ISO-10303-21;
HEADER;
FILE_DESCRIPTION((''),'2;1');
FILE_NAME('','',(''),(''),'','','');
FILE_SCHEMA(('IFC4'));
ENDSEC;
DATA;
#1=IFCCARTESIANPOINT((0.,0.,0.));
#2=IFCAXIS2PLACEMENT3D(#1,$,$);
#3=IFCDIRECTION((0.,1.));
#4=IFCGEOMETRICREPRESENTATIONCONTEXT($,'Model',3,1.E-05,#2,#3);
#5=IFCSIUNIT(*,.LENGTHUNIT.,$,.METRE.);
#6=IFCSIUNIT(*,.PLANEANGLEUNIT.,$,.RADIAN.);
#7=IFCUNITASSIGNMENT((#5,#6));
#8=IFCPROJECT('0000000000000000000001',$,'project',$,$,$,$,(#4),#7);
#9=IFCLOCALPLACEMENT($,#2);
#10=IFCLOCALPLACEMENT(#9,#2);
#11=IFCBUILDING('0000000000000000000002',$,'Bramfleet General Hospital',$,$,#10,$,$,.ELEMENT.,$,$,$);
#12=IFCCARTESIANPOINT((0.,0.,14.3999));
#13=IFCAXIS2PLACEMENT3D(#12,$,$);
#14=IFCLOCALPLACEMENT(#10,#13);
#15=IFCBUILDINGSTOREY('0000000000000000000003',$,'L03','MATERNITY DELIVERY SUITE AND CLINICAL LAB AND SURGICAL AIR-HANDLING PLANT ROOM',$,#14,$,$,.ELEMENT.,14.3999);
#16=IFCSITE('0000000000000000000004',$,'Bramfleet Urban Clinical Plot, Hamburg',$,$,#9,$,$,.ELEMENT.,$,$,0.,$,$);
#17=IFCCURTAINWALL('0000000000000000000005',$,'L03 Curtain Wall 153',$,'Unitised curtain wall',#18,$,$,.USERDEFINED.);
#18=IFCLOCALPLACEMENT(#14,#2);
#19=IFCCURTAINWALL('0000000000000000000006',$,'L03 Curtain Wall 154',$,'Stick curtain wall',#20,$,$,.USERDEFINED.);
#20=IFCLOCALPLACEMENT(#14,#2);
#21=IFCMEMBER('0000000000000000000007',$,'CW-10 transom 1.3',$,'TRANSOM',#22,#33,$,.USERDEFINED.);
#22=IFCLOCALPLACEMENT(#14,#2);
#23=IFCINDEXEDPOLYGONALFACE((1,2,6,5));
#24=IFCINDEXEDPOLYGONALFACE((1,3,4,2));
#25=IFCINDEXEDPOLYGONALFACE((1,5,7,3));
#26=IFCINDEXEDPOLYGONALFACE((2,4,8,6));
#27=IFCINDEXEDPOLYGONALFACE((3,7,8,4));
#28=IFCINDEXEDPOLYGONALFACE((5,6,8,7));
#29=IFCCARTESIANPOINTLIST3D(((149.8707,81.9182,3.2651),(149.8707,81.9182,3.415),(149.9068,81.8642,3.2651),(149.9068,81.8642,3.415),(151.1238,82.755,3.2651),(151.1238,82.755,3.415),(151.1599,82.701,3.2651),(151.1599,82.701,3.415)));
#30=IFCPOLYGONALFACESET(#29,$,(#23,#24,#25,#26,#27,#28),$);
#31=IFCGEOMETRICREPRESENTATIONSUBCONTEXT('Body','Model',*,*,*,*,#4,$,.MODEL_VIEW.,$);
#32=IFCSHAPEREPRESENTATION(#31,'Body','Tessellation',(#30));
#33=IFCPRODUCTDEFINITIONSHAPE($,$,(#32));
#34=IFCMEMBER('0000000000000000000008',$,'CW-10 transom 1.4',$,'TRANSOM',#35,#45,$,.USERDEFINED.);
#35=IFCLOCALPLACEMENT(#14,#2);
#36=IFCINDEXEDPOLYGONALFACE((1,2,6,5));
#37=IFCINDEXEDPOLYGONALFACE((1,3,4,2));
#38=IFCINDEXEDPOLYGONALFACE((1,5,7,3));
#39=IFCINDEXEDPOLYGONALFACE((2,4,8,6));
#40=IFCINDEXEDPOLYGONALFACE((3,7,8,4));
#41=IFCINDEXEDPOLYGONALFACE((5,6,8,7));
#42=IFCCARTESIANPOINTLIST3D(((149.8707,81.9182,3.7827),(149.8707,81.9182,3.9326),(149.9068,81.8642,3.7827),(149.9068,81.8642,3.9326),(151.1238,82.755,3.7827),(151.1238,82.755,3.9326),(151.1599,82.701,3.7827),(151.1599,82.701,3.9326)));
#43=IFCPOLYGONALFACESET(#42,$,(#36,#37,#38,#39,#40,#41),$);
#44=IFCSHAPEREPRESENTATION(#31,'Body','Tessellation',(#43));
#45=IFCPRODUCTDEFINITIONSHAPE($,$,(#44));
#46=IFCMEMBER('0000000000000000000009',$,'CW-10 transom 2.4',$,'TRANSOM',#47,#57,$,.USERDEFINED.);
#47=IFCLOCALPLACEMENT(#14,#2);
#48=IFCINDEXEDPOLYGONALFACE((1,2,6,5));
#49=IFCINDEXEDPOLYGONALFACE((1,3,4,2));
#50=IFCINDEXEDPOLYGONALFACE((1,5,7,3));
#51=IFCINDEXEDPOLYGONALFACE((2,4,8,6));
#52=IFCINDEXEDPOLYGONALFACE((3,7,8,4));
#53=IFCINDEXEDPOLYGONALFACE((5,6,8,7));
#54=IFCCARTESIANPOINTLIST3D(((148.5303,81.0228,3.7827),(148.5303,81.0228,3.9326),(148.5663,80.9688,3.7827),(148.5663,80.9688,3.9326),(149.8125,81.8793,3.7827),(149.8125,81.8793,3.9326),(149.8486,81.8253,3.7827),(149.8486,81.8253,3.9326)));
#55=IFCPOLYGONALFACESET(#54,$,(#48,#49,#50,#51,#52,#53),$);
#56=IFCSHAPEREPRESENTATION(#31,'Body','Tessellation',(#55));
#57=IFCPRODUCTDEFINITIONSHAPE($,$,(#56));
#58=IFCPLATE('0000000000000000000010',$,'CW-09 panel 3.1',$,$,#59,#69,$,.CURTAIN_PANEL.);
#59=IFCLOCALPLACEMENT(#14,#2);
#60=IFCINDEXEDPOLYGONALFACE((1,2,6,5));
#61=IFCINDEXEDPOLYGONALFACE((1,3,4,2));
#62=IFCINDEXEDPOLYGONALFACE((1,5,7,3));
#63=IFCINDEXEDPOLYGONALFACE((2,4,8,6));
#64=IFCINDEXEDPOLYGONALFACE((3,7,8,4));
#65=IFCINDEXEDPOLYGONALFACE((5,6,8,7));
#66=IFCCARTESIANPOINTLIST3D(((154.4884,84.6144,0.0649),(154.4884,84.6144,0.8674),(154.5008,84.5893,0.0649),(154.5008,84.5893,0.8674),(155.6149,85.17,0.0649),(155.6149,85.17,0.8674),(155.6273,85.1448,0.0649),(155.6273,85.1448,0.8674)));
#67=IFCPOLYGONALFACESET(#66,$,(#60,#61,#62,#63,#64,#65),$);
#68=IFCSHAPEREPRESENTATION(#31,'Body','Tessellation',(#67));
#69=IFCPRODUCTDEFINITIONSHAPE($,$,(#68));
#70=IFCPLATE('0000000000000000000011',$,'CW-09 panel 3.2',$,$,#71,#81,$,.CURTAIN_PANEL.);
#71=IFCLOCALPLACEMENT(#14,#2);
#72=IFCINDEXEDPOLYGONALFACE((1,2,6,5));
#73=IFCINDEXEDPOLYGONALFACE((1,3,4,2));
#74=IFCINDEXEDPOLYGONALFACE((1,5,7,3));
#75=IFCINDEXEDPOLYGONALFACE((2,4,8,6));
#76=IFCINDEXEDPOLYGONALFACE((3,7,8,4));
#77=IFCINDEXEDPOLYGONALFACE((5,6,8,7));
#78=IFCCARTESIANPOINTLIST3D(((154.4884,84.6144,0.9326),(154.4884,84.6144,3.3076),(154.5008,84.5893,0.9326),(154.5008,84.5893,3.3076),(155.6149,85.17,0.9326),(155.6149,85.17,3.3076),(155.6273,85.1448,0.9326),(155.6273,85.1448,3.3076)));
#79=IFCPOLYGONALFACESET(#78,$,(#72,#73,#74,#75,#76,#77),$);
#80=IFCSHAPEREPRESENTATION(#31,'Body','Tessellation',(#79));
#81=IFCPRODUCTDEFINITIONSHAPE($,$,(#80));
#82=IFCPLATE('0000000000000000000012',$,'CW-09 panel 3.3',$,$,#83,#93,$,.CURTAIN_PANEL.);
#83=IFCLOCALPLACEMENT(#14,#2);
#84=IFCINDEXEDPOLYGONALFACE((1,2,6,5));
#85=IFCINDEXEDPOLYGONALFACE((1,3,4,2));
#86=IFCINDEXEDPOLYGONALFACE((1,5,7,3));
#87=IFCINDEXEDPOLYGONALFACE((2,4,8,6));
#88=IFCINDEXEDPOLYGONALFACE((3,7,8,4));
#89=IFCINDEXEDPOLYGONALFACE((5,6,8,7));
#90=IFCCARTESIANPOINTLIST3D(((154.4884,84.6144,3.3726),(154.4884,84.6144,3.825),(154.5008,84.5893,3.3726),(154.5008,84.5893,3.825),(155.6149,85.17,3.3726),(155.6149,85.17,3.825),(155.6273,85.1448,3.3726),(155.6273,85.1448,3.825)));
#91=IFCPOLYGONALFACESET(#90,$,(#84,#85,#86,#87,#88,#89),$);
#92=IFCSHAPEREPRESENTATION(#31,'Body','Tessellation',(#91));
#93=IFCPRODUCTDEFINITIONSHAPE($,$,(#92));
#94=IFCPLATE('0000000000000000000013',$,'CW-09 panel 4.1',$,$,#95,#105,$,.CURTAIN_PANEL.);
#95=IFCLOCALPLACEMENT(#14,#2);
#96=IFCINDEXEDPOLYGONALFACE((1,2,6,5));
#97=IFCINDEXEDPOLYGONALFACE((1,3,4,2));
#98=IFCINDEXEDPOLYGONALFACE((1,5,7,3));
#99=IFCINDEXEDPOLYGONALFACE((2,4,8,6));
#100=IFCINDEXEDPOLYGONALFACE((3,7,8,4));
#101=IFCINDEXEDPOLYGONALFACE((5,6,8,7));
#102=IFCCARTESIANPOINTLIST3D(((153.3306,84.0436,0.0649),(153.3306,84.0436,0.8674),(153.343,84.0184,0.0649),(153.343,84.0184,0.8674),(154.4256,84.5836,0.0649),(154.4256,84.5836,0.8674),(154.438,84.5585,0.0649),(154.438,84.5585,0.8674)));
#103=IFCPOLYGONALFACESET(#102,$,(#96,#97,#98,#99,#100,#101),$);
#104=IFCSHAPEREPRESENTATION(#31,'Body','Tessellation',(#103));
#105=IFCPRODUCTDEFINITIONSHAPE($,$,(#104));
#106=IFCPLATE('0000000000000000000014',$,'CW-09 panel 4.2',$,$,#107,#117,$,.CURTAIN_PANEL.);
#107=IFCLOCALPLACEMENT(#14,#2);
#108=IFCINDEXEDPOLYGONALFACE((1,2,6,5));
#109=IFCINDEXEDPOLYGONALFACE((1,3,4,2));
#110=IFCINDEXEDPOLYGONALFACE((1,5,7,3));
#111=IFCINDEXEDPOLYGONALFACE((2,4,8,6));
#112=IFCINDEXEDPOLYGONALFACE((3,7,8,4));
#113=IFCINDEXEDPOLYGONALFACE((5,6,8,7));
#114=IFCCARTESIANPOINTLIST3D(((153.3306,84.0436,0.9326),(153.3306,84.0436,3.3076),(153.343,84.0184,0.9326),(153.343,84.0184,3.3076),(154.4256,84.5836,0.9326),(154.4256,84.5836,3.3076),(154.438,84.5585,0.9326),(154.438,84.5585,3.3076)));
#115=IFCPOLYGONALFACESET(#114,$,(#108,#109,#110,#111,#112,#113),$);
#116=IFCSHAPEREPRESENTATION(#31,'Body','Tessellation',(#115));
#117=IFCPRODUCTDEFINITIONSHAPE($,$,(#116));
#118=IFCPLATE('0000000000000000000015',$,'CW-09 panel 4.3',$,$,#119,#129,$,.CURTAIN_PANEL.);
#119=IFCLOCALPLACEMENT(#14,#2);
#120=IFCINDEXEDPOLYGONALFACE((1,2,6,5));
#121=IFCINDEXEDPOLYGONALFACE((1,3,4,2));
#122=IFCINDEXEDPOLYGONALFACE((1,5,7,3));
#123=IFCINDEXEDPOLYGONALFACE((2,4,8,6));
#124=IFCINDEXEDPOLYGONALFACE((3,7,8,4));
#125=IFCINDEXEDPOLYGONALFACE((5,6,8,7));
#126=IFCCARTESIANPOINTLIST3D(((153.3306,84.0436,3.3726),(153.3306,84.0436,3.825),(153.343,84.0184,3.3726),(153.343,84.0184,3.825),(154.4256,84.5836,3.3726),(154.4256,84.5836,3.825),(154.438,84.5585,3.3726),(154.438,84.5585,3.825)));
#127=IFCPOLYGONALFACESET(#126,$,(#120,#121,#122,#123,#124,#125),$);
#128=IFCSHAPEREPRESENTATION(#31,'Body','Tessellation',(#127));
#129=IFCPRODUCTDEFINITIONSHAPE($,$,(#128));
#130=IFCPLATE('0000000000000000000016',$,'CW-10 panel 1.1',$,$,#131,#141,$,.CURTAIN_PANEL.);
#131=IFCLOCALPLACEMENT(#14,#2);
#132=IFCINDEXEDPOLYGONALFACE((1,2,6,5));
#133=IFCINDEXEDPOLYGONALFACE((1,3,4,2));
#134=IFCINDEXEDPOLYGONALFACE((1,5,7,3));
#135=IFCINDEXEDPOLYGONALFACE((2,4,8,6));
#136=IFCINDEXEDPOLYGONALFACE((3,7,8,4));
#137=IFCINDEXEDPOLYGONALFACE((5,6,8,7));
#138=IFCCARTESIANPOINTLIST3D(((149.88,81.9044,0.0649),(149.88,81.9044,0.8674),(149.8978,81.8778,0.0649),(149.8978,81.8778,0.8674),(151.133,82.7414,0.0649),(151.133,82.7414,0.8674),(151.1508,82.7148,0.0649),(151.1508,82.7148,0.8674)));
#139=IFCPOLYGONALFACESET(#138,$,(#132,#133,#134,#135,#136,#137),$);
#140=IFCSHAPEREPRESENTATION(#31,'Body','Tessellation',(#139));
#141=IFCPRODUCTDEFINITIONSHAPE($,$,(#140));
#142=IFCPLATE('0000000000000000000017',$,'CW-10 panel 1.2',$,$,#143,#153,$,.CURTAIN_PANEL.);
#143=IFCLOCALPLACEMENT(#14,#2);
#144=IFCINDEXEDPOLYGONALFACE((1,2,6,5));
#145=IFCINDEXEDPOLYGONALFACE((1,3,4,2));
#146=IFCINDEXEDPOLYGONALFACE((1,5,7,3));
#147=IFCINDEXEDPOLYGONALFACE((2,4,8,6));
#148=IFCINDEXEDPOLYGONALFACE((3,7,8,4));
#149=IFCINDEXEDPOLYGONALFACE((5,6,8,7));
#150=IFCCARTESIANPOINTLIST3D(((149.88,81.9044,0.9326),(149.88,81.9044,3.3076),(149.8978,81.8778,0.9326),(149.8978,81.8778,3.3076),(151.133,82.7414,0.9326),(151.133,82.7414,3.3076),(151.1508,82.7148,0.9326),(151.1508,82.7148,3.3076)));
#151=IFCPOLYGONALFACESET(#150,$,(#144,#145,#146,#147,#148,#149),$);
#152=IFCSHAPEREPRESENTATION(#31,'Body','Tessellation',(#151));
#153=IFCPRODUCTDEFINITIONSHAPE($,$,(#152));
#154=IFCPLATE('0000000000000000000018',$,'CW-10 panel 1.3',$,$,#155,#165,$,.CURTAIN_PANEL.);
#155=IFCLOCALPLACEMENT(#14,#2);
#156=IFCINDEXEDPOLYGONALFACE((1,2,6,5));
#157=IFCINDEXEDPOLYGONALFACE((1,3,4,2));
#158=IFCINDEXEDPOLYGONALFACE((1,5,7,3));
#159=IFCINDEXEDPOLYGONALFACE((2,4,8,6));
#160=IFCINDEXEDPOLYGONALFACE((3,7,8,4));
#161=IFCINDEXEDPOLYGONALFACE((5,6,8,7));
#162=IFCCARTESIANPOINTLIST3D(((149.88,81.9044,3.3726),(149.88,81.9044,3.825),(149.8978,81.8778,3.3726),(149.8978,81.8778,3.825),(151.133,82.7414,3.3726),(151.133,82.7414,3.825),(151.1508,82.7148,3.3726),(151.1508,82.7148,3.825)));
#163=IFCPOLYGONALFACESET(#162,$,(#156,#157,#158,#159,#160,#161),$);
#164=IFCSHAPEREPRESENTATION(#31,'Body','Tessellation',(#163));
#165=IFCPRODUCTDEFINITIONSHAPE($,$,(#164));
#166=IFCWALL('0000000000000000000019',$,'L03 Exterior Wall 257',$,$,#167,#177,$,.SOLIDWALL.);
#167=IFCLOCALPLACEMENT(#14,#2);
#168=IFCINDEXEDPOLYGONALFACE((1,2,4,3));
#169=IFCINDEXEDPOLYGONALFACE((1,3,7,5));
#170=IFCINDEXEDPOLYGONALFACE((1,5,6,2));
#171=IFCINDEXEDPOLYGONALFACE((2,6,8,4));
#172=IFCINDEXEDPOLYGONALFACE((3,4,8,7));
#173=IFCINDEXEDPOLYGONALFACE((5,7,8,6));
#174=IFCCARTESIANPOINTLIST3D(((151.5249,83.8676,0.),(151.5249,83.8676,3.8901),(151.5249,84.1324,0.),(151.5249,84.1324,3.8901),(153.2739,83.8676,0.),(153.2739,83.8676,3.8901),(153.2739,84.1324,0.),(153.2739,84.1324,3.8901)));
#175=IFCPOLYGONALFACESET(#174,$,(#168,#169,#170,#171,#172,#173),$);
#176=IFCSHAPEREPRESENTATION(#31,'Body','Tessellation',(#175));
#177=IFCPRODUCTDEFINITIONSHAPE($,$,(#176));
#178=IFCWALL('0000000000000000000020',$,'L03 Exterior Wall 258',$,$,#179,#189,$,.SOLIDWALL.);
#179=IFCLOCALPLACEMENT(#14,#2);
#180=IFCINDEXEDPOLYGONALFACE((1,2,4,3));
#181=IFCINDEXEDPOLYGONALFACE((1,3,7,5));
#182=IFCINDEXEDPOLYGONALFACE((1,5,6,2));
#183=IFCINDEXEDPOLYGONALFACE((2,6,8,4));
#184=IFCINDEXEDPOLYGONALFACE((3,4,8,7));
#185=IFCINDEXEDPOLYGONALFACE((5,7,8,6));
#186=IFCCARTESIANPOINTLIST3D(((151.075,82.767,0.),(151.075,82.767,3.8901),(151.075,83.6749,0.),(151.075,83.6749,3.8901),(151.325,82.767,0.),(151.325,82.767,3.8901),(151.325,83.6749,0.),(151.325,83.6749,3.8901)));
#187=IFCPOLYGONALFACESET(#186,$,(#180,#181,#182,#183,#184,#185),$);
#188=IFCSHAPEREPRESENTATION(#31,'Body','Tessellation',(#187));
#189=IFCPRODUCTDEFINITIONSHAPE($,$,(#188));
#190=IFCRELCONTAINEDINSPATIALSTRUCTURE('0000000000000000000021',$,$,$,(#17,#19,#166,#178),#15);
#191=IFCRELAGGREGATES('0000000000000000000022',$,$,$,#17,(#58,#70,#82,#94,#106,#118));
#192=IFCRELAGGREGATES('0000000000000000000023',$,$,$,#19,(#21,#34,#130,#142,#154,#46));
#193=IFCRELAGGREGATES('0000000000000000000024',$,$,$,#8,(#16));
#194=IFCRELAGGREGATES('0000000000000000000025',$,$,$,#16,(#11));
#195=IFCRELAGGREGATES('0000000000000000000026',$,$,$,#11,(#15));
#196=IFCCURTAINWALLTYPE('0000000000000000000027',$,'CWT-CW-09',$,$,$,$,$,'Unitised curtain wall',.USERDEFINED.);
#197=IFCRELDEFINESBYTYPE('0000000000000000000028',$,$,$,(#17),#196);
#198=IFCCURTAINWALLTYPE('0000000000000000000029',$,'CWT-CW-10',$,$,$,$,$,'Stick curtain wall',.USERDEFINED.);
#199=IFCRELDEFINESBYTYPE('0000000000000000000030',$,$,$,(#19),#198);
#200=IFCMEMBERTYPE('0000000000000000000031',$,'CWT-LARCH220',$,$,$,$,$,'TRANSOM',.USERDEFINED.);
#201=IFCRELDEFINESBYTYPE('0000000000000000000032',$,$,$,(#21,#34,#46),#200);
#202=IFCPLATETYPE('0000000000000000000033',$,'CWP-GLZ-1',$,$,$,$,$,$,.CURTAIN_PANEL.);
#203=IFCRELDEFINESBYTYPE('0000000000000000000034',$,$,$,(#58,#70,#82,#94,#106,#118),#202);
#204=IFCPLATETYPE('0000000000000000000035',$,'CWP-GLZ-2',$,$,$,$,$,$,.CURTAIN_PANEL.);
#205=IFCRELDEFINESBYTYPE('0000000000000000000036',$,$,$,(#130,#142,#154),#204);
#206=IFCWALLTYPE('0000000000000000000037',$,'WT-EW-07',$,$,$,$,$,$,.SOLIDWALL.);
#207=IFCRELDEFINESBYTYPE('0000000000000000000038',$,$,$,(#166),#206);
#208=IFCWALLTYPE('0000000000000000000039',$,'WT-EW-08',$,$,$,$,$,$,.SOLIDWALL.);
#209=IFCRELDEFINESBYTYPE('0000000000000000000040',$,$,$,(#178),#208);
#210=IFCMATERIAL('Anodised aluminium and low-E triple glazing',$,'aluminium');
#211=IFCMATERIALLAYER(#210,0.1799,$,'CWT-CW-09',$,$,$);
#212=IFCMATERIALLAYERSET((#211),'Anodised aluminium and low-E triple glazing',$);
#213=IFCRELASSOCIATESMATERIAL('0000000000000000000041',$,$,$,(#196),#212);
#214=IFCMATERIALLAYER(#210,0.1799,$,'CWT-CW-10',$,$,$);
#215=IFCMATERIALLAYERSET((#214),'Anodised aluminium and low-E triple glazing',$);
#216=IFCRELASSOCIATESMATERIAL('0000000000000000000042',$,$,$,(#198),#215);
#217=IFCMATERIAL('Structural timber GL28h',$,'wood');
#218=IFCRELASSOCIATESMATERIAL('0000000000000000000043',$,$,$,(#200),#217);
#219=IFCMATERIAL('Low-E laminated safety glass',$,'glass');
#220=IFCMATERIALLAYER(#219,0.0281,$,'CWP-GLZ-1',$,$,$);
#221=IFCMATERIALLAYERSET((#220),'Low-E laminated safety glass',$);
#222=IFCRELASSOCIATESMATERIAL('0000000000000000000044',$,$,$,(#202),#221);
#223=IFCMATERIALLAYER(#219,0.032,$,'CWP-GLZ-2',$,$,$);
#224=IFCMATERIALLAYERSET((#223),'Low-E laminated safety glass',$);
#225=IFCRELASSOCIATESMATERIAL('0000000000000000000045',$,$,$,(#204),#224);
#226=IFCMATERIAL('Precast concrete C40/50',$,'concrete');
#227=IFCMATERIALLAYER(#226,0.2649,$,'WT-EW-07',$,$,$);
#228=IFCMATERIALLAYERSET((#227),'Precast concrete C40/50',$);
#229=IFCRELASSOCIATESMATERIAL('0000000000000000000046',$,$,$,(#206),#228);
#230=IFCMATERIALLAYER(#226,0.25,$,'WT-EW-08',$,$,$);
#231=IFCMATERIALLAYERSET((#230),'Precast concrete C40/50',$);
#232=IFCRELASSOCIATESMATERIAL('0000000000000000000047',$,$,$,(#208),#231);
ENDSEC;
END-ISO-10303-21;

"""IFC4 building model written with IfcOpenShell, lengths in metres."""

from ifc_helpers import new_model, si_unit, direction, frame, frame_2d, origin, origin_2d, place, context, subcontext, project, spatial, rectangle, extrude, material, layer, layer_set, material_profile, profile_set, type_object, element, aggregate, save


model = new_model("IFC4")

# Units and contexts
model_context = context("Model", 3, precision=1e-05, world=origin(), true_north=direction((0.0, 1.0)))
body_context = subcontext(model_context, "Body", "Model", "MODEL_VIEW")
ifc_project = project(units=[si_unit("LENGTHUNIT", "METRE"), si_unit("PLANEANGLEUNIT", "RADIAN")], contexts=[model_context])

# Site, building, storey
site_placement = place(None, origin())
site = spatial("IfcSite", under=ifc_project, at=site_placement, Name="Bramfleet Urban Clinical Plot, Hamburg", CompositionType="ELEMENT", RefElevation=0.0)
building_placement = place(site_placement, origin())
building = spatial("IfcBuilding", under=site, at=building_placement, Name="Bramfleet General Hospital", CompositionType="ELEMENT")
storey_placement = place(building_placement, frame((0.0, 0.0, 14.3999)))
storey = spatial("IfcBuildingStorey", under=building, at=storey_placement, Name="L03", Description="MATERNITY DELIVERY SUITE AND CLINICAL LAB AND SURGICAL AIR-HANDLING PLANT ROOM", CompositionType="ELEMENT", Elevation=14.3999)

# Curtain walls
ifc_material_1 = material(Name="Anodised aluminium and low-E triple glazing", Category="aluminium")
ifc_layer_1 = layer(ifc_material_1, 0.1799, Name="CWT-CW-09")
ifc_layer_set_1 = layer_set([ifc_layer_1], Name="Anodised aluminium and low-E triple glazing")
curtain_wall_type_1 = type_object("IfcCurtainWallType", Name="CWT-CW-09", ElementType="Unitised curtain wall", PredefinedType="USERDEFINED", material=ifc_layer_set_1)
curtain_wall_1_placement = place(storey_placement, origin())
curtain_wall_1 = element("IfcCurtainWall", 1, at=curtain_wall_1_placement, inside=storey, type_object=curtain_wall_type_1, Name="L03 Curtain Wall 153", ObjectType="Unitised curtain wall", PredefinedType="USERDEFINED")
ifc_material_2 = material(Name="Structural timber GL28h", Category="wood")
ifc_layer_2 = layer(ifc_material_1, 0.1799, Name="CWT-CW-10")
ifc_layer_set_2 = layer_set([ifc_layer_2], Name="Anodised aluminium and low-E triple glazing")
curtain_wall_type_2 = type_object("IfcCurtainWallType", Name="CWT-CW-10", ElementType="Stick curtain wall", PredefinedType="USERDEFINED", material=ifc_layer_set_2)
curtain_wall_2_placement = place(storey_placement, origin())
curtain_wall_2 = element("IfcCurtainWall", 2, at=curtain_wall_2_placement, inside=storey, type_object=curtain_wall_type_2, Name="L03 Curtain Wall 154", ObjectType="Stick curtain wall", PredefinedType="USERDEFINED")

# Members
ifc_material_profile_1 = material_profile(ifc_material_2, rectangle(XDim=0.0649, YDim=0.1499, at=origin_2d()), Name="LARCH 150x65")
ifc_profile_set_1 = profile_set([ifc_material_profile_1], Name="Structural timber GL28h")
member_type_1 = type_object("IfcMemberType", Name="CWT-LARCH220", ElementType="TRANSOM", PredefinedType="USERDEFINED", material=ifc_profile_set_1)
member_1_placement = place(storey_placement, frame((151.1418, 82.728, 3.3401), z_axis=(-0.831601, -0.555373, 0.0), x_axis=(0.555373, -0.831601, 0.0)))
member_1 = element("IfcMember", 3, at=member_1_placement, type_object=member_type_1, Name="CW-10 transom 1.3", ObjectType="TRANSOM", PredefinedType="USERDEFINED", context=body_context, shape_type="SweptSolid", body=[
    extrude(rectangle(XDim=0.0649, YDim=0.1499, at=origin_2d()), origin(), (0.0, 0.0, 1.0), 1.5068),
])
member_2_placement = place(storey_placement, frame((151.1418, 82.728, 3.8577), z_axis=(-0.831601, -0.555373, 0.0), x_axis=(0.555373, -0.831601, 0.0)))
member_2 = element("IfcMember", 4, at=member_2_placement, type_object=member_type_1, Name="CW-10 transom 1.4", ObjectType="TRANSOM", PredefinedType="USERDEFINED", context=body_context, shape_type="SweptSolid", body=[
    extrude(rectangle(XDim=0.0649, YDim=0.1499, at=origin_2d()), origin(), (0.0, 0.0, 1.0), 1.5068),
])
member_3_placement = place(storey_placement, frame((149.8306, 81.8523, 3.8577), z_axis=(-0.831563, -0.555431, 0.0), x_axis=(0.555431, -0.831563, 0.0)))
member_3 = element("IfcMember", 5, at=member_3_placement, type_object=member_type_1, Name="CW-10 transom 2.4", ObjectType="TRANSOM", PredefinedType="USERDEFINED", context=body_context, shape_type="SweptSolid", body=[
    extrude(rectangle(XDim=0.0649, YDim=0.1499, at=origin_2d()), origin(), (0.0, 0.0, 1.0), 1.542),
])

# Plates
ifc_material_3 = material(Name="Low-E laminated safety glass", Category="glass")
ifc_layer_3 = layer(ifc_material_3, 0.0281, Name="CWP-GLZ-1")
ifc_layer_set_3 = layer_set([ifc_layer_3], Name="Low-E laminated safety glass")
plate_type_1 = type_object("IfcPlateType", Name="CWP-GLZ-1", PredefinedType="CURTAIN_PANEL", material=ifc_layer_set_3)
plate_1_placement = place(storey_placement, frame((155.0579, 84.8796, 0.0649), z_axis=(0.0, 0.0, 1.0), x_axis=(-0.896865, -0.442305, 0.0)))
plate_1 = element("IfcPlate", 6, at=plate_1_placement, type_object=plate_type_1, Name="CW-09 panel 3.1", PredefinedType="CURTAIN_PANEL", context=body_context, shape_type="SweptSolid", body=[
    extrude(rectangle(XDim=1.2561, YDim=0.0281, at=origin_2d()), origin(), (0.0, 0.0, 1.0), 0.8025),
])
plate_2_placement = place(storey_placement, frame((155.0579, 84.8796, 0.9326), z_axis=(0.0, 0.0, 1.0), x_axis=(-0.896865, -0.442305, 0.0)))
plate_2 = element("IfcPlate", 7, at=plate_2_placement, type_object=plate_type_1, Name="CW-09 panel 3.2", PredefinedType="CURTAIN_PANEL", context=body_context, shape_type="SweptSolid", body=[
    extrude(rectangle(XDim=1.2561, YDim=0.0281, at=origin_2d()), origin(), (0.0, 0.0, 1.0), 2.375),
])
plate_3_placement = place(storey_placement, frame((155.0579, 84.8796, 3.3726), z_axis=(0.0, 0.0, 1.0), x_axis=(-0.896865, -0.442305, 0.0)))
plate_3 = element("IfcPlate", 8, at=plate_3_placement, type_object=plate_type_1, Name="CW-09 panel 3.3", PredefinedType="CURTAIN_PANEL", context=body_context, shape_type="SweptSolid", body=[
    extrude(rectangle(XDim=1.2561, YDim=0.0281, at=origin_2d()), origin(), (0.0, 0.0, 1.0), 0.4524),
])
plate_4_placement = place(storey_placement, frame((153.8843, 84.301, 0.0649), z_axis=(0.0, 0.0, 1.0), x_axis=(-0.896865, -0.442305, 0.0)))
plate_4 = element("IfcPlate", 9, at=plate_4_placement, type_object=plate_type_1, Name="CW-09 panel 4.1", PredefinedType="CURTAIN_PANEL", context=body_context, shape_type="SweptSolid", body=[
    extrude(rectangle(XDim=1.2209, YDim=0.0281, at=origin_2d()), origin(), (0.0, 0.0, 1.0), 0.8025),
])
plate_5_placement = place(storey_placement, frame((153.8843, 84.301, 0.9326), z_axis=(0.0, 0.0, 1.0), x_axis=(-0.896865, -0.442305, 0.0)))
plate_5 = element("IfcPlate", 10, at=plate_5_placement, type_object=plate_type_1, Name="CW-09 panel 4.2", PredefinedType="CURTAIN_PANEL", context=body_context, shape_type="SweptSolid", body=[
    extrude(rectangle(XDim=1.2209, YDim=0.0281, at=origin_2d()), origin(), (0.0, 0.0, 1.0), 2.375),
])
plate_6_placement = place(storey_placement, frame((153.8843, 84.301, 3.3726), z_axis=(0.0, 0.0, 1.0), x_axis=(-0.896865, -0.442305, 0.0)))
plate_6 = element("IfcPlate", 11, at=plate_6_placement, type_object=plate_type_1, Name="CW-09 panel 4.3", PredefinedType="CURTAIN_PANEL", context=body_context, shape_type="SweptSolid", body=[
    extrude(rectangle(XDim=1.2209, YDim=0.0281, at=origin_2d()), origin(), (0.0, 0.0, 1.0), 0.4524),
])
aggregate(curtain_wall_1, [plate_1, plate_2, plate_3, plate_4, plate_5, plate_6])
ifc_layer_4 = layer(ifc_material_3, 0.032, Name="CWP-GLZ-2")
ifc_layer_set_4 = layer_set([ifc_layer_4], Name="Low-E laminated safety glass")
plate_type_2 = type_object("IfcPlateType", Name="CWP-GLZ-2", PredefinedType="CURTAIN_PANEL", material=ifc_layer_set_4)
plate_7_placement = place(storey_placement, frame((150.5154, 82.3096, 0.0649), z_axis=(0.0, 0.0, 1.0), x_axis=(-0.831541, -0.555464, 0.0)))
plate_7 = element("IfcPlate", 12, at=plate_7_placement, type_object=plate_type_2, Name="CW-10 panel 1.1", PredefinedType="CURTAIN_PANEL", context=body_context, shape_type="SweptSolid", body=[
    extrude(rectangle(XDim=1.5068, YDim=0.032, at=origin_2d()), origin(), (0.0, 0.0, 1.0), 0.8025),
])
plate_8_placement = place(storey_placement, frame((150.5154, 82.3096, 0.9326), z_axis=(0.0, 0.0, 1.0), x_axis=(-0.831541, -0.555464, 0.0)))
plate_8 = element("IfcPlate", 13, at=plate_8_placement, type_object=plate_type_2, Name="CW-10 panel 1.2", PredefinedType="CURTAIN_PANEL", context=body_context, shape_type="SweptSolid", body=[
    extrude(rectangle(XDim=1.5068, YDim=0.032, at=origin_2d()), origin(), (0.0, 0.0, 1.0), 2.375),
])
plate_9_placement = place(storey_placement, frame((150.5154, 82.3096, 3.3726), z_axis=(0.0, 0.0, 1.0), x_axis=(-0.831541, -0.555464, 0.0)))
plate_9 = element("IfcPlate", 14, at=plate_9_placement, type_object=plate_type_2, Name="CW-10 panel 1.3", PredefinedType="CURTAIN_PANEL", context=body_context, shape_type="SweptSolid", body=[
    extrude(rectangle(XDim=1.5068, YDim=0.032, at=origin_2d()), origin(), (0.0, 0.0, 1.0), 0.4524),
])
aggregate(curtain_wall_2, [member_1, member_2, plate_7, plate_8, plate_9, member_3])

# Walls
ifc_material_4 = material(Name="Precast concrete C40/50", Category="concrete")
ifc_layer_5 = layer(ifc_material_4, 0.2649, Name="WT-EW-07")
ifc_layer_set_5 = layer_set([ifc_layer_5], Name="Precast concrete C40/50")
wall_type_1 = type_object("IfcWallType", Name="WT-EW-07", PredefinedType="SOLIDWALL", material=ifc_layer_set_5)
wall_1_placement = place(storey_placement, frame((153.2739, 84.0, 0.0), z_axis=(0.0, 0.0, 1.0), x_axis=(-1.0, 0.0, 0.0)))
element("IfcWall", 15, at=wall_1_placement, inside=storey, type_object=wall_type_1, Name="L03 Exterior Wall 257", PredefinedType="SOLIDWALL", context=body_context, shape_type="SweptSolid", body=[
    extrude(rectangle(XDim=1.749, YDim=0.2649, at=frame_2d((0.8745, 0.0))), origin(), (0.0, 0.0, 1.0), 3.8901),
])
ifc_layer_6 = layer(ifc_material_4, 0.25, Name="WT-EW-08")
ifc_layer_set_6 = layer_set([ifc_layer_6], Name="Precast concrete C40/50")
wall_type_2 = type_object("IfcWallType", Name="WT-EW-08", PredefinedType="SOLIDWALL", material=ifc_layer_set_6)
wall_2_placement = place(storey_placement, frame((151.2, 83.675, 0.0), z_axis=(0.0, 0.0, 1.0), x_axis=(0.0, -1.0, 0.0)))
element("IfcWall", 16, at=wall_2_placement, inside=storey, type_object=wall_type_2, Name="L03 Exterior Wall 258", PredefinedType="SOLIDWALL", context=body_context, shape_type="SweptSolid", body=[
    extrude(rectangle(XDim=0.908, YDim=0.25, at=frame_2d((0.4541, 0.0))), origin(), (0.0, 0.0, 1.0), 3.8901),
])

save(model, "model.ifc")
